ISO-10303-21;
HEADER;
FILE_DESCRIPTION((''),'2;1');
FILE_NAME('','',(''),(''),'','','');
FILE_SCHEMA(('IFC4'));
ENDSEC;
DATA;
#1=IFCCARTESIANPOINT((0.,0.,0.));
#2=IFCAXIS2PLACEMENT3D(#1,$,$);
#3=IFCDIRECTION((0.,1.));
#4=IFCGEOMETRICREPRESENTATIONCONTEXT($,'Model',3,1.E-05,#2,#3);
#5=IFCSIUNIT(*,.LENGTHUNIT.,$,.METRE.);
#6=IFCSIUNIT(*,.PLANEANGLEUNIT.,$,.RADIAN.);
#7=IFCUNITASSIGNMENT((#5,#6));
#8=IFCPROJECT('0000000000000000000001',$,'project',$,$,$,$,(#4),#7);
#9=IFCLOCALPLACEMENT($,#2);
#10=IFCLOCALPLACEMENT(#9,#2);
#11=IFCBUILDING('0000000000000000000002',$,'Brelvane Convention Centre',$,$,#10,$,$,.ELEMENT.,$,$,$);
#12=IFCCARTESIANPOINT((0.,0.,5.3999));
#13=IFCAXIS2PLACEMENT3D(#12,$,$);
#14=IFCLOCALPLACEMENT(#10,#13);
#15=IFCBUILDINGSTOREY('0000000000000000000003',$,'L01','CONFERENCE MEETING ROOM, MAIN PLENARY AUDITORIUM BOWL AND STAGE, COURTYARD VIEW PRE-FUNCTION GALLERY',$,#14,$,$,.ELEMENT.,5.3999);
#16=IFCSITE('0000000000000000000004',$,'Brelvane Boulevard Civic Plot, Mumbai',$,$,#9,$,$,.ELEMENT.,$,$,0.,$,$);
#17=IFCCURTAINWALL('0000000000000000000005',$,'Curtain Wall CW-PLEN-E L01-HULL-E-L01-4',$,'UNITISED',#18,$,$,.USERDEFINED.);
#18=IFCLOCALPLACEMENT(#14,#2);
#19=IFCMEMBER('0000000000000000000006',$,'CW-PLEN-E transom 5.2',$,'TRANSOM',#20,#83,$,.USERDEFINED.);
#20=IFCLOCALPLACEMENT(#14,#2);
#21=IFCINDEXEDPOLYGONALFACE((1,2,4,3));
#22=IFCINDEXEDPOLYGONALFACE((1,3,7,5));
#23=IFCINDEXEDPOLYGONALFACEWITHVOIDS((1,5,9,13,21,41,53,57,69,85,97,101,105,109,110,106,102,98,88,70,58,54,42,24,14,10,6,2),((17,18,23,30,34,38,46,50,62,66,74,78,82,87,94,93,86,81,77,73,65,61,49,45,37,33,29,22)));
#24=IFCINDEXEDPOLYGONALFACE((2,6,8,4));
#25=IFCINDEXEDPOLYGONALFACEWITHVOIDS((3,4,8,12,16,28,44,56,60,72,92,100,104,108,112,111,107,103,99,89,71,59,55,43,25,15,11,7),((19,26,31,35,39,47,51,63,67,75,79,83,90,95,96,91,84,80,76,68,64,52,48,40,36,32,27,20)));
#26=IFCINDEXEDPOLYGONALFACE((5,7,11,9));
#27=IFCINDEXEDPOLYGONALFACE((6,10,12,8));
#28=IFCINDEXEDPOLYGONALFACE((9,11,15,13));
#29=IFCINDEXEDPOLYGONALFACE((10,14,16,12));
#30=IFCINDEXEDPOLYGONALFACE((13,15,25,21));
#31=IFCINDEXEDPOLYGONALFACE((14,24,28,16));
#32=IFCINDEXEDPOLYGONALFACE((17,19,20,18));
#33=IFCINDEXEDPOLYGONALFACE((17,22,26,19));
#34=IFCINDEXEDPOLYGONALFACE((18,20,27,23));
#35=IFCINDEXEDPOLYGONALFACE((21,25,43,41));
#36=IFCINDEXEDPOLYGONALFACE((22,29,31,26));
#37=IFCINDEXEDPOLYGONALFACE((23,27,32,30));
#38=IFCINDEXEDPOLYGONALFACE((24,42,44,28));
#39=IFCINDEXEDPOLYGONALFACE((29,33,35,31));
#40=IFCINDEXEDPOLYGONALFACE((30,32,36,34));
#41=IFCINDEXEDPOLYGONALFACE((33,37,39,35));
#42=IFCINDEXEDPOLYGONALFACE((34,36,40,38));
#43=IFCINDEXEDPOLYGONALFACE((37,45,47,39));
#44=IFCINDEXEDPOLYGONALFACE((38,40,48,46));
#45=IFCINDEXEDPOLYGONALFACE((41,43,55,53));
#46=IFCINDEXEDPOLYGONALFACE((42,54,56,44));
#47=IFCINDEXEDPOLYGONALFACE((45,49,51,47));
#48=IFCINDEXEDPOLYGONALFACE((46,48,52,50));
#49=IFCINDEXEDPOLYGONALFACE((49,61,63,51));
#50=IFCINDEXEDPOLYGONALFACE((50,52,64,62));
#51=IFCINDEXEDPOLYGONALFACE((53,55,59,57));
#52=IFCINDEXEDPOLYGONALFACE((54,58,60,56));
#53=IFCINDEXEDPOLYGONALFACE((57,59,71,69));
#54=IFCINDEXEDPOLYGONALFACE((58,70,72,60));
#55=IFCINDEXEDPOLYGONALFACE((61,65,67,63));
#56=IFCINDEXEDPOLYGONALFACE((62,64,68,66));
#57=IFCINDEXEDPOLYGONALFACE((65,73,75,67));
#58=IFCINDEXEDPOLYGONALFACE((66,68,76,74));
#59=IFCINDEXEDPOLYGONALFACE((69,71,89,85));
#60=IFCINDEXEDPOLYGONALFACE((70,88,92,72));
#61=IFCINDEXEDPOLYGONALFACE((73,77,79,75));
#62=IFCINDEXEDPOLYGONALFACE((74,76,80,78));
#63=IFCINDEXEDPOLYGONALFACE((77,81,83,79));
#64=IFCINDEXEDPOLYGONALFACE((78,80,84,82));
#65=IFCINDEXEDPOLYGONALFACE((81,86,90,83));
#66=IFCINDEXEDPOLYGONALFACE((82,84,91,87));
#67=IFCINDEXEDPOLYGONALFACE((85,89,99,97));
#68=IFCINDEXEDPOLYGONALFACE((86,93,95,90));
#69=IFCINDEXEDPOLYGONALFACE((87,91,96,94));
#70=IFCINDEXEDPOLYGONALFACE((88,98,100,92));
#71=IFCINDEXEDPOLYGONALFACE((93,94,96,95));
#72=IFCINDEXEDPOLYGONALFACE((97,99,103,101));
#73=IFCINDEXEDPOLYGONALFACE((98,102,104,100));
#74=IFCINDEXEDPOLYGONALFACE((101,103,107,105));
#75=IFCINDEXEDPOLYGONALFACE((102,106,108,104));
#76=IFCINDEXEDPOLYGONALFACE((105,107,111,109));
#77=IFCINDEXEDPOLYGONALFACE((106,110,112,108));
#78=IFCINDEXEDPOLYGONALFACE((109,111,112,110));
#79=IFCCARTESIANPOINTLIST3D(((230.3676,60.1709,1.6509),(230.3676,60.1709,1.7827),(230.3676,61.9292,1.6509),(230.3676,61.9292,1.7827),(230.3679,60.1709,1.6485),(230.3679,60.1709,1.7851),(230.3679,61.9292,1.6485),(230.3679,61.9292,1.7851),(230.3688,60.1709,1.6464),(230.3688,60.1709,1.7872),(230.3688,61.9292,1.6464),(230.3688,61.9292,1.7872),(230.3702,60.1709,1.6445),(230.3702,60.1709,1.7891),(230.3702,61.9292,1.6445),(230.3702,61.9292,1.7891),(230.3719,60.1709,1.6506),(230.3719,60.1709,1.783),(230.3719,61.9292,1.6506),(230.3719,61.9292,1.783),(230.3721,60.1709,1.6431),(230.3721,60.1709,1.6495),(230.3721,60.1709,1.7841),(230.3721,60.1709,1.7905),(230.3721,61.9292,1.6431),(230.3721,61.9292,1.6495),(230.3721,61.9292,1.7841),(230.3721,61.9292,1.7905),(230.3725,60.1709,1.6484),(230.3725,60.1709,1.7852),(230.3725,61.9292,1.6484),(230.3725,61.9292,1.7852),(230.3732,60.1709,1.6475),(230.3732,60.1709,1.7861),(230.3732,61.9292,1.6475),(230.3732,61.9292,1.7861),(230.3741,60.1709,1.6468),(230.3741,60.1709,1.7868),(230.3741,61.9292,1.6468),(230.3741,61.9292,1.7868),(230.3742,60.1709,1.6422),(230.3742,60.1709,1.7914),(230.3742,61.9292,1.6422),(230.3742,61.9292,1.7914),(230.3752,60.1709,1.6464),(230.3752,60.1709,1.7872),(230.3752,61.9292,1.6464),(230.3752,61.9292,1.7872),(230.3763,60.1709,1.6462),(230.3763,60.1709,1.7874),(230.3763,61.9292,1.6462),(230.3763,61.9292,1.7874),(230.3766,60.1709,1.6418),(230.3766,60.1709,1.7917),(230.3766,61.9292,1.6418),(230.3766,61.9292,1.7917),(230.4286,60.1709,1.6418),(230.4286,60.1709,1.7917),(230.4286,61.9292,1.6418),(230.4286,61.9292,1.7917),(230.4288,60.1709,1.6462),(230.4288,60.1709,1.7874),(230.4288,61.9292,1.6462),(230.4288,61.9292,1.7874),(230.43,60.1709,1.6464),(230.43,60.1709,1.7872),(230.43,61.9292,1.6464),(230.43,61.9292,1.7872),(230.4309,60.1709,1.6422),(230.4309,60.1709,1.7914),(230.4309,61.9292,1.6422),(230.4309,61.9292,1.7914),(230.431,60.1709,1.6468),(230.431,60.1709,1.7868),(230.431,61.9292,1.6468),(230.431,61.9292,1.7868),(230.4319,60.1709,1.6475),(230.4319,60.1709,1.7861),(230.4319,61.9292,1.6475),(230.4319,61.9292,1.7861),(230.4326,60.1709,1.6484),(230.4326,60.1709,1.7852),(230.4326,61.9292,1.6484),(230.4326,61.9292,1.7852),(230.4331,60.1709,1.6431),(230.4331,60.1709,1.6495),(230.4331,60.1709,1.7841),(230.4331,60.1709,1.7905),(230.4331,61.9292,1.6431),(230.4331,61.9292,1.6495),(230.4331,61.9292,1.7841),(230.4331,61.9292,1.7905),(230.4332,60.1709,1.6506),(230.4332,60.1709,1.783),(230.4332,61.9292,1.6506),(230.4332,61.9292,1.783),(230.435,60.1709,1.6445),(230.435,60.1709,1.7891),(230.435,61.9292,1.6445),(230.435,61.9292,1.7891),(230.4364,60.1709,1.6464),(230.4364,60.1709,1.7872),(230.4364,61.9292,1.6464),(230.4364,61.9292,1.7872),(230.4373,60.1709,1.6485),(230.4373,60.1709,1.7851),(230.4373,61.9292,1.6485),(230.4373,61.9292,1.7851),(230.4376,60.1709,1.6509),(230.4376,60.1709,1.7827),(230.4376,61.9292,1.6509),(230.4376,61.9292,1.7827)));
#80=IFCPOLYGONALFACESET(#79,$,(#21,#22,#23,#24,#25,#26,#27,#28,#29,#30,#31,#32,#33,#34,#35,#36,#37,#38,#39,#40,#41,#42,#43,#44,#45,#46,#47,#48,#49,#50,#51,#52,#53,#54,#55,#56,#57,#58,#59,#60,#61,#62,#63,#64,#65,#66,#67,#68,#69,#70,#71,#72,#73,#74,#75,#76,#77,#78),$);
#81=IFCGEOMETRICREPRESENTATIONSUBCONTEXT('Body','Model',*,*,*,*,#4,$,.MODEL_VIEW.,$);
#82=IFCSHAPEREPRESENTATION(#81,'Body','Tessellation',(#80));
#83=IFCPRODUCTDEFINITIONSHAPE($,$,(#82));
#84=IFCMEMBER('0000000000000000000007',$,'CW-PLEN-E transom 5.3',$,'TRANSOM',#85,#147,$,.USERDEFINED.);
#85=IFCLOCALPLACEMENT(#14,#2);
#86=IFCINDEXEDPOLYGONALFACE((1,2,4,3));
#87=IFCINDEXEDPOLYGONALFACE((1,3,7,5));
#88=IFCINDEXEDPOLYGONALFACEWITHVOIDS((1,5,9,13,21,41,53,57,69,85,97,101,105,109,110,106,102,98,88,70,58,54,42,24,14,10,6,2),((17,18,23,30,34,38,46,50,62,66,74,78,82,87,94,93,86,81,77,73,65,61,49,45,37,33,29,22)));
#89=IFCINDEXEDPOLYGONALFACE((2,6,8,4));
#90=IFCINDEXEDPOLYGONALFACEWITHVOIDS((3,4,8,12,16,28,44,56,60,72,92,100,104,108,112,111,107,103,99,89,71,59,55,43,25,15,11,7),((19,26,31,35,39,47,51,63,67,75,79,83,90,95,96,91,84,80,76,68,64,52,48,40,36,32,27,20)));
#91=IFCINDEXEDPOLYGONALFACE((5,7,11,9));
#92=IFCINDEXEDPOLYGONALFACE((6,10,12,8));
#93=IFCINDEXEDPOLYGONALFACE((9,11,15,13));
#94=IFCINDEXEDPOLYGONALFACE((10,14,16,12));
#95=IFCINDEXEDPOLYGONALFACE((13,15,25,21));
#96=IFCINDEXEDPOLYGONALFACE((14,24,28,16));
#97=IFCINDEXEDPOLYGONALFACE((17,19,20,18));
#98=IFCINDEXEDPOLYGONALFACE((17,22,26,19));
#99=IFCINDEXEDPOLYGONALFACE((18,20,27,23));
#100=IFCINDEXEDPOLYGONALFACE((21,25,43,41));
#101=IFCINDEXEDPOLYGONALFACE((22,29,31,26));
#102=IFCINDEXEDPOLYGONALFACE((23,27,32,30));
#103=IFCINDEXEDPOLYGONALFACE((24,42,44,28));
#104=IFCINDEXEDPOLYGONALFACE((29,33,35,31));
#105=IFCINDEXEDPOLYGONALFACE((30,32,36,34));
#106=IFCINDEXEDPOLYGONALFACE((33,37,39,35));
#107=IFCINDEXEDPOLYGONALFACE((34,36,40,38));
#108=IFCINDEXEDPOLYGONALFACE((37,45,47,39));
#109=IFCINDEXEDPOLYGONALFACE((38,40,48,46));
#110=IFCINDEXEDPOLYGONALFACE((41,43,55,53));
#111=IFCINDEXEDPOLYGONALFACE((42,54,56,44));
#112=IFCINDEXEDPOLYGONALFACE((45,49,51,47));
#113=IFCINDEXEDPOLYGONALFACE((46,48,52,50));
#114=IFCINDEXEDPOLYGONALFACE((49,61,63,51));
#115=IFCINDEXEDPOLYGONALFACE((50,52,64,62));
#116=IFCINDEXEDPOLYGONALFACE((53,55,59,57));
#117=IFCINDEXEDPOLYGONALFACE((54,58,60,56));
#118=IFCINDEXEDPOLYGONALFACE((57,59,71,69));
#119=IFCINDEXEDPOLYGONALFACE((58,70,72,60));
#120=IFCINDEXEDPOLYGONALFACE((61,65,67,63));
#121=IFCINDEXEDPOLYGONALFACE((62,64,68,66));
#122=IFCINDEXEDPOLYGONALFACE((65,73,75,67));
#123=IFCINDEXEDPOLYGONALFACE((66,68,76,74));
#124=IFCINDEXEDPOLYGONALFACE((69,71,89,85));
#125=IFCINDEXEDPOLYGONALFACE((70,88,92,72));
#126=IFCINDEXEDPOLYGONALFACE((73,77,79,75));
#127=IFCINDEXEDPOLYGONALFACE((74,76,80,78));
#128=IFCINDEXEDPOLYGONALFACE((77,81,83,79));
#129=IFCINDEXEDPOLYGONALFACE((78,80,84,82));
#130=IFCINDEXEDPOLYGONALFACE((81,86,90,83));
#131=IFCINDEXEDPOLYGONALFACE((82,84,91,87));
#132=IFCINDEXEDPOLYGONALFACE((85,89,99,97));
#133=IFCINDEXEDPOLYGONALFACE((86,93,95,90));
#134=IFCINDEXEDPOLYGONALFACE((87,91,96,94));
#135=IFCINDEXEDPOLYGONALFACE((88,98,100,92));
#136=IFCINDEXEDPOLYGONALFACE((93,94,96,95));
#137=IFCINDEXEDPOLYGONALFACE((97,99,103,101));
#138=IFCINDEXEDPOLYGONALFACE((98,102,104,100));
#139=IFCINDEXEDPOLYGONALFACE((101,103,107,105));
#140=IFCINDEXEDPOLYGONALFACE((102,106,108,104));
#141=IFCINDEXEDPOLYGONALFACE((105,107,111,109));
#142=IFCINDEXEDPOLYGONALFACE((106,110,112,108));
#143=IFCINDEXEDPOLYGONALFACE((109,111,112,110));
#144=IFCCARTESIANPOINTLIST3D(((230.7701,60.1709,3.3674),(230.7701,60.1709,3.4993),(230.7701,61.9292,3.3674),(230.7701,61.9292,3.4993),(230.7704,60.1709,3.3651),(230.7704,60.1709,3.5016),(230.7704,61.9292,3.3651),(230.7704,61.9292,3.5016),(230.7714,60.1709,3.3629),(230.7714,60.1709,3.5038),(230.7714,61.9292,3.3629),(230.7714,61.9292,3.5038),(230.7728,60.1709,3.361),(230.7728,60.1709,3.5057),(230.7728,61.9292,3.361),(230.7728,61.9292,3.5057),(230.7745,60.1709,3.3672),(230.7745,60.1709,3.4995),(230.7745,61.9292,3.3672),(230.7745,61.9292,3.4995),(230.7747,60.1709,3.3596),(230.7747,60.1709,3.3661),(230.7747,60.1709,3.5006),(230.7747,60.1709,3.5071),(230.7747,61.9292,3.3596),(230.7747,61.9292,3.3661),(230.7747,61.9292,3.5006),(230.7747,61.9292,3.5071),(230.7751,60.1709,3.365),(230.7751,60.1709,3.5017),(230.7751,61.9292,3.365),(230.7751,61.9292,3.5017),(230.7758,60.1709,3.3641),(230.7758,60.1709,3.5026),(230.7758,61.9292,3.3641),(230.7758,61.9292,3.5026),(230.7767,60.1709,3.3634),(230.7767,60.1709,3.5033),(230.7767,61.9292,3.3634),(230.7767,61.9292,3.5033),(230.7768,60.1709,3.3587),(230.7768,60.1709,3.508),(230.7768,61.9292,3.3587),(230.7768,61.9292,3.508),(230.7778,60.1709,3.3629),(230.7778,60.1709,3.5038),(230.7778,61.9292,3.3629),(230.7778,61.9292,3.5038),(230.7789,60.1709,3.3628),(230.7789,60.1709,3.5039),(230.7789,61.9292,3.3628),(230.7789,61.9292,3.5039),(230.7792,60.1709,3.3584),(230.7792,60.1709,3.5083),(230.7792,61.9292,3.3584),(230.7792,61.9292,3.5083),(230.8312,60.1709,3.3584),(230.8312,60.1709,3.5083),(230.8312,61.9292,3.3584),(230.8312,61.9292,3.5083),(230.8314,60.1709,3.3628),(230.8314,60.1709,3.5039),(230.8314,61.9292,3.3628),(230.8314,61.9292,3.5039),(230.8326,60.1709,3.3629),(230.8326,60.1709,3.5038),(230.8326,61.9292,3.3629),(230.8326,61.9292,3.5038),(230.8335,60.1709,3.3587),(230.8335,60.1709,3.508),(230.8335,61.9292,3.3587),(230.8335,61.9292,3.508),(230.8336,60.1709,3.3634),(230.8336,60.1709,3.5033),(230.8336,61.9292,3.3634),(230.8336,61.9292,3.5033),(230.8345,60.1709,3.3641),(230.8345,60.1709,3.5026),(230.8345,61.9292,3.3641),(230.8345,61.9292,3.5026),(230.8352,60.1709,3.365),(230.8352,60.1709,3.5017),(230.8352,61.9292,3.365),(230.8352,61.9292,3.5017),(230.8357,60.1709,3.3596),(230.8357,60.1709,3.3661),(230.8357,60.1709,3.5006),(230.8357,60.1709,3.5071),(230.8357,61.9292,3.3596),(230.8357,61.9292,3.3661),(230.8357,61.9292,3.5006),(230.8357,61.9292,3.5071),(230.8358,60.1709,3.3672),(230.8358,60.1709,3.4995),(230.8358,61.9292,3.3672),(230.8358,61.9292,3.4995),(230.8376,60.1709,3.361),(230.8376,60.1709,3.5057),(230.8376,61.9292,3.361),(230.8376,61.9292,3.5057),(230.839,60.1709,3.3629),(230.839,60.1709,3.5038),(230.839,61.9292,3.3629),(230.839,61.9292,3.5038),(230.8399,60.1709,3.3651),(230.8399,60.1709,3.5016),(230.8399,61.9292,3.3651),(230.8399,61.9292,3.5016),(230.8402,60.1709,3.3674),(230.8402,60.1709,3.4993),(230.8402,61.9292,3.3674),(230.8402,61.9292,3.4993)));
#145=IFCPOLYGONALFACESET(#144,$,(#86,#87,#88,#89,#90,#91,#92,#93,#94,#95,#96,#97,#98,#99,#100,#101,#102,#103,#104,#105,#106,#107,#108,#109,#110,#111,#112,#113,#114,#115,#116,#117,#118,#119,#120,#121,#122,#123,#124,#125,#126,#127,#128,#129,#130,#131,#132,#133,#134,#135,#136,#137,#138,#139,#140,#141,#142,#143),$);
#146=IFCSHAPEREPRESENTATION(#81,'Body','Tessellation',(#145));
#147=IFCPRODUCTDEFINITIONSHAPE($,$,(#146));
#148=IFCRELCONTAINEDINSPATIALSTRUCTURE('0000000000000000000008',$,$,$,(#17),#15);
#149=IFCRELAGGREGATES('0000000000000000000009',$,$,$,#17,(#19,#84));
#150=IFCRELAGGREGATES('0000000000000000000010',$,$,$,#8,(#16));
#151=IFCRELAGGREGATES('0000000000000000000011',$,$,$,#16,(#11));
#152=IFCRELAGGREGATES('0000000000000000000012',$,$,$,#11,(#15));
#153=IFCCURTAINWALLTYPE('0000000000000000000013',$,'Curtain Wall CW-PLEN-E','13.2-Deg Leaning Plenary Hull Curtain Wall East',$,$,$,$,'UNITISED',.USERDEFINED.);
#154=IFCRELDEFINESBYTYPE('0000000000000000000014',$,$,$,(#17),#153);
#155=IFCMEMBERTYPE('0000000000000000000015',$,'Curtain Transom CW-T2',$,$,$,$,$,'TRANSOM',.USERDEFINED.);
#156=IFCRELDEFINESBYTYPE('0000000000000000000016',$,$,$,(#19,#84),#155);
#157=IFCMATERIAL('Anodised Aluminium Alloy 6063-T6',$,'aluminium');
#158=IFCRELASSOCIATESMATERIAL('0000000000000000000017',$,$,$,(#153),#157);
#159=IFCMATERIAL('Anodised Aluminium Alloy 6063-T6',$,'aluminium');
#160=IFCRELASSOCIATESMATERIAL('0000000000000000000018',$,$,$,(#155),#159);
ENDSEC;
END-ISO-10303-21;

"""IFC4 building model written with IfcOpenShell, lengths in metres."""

from ifc_helpers import new_model, si_unit, direction, frame, origin, origin_2d, place, context, subcontext, project, spatial, hollow_rectangle, extrude, material, material_profile, profile_set, type_object, element, aggregate, save


model = new_model("IFC4")

# Units and contexts
model_context = context("Model", 3, precision=1e-05, world=origin(), true_north=direction((0.0, 1.0)))
body_context = subcontext(model_context, "Body", "Model", "MODEL_VIEW")
ifc_project = project(units=[si_unit("LENGTHUNIT", "METRE"), si_unit("PLANEANGLEUNIT", "RADIAN")], contexts=[model_context])

# Site, building, storey
site_placement = place(None, origin())
site = spatial("IfcSite", under=ifc_project, at=site_placement, Name="Brelvane Boulevard Civic Plot, Mumbai", CompositionType="ELEMENT", RefElevation=0.0)
building_placement = place(site_placement, origin())
building = spatial("IfcBuilding", under=site, at=building_placement, Name="Brelvane Convention Centre", CompositionType="ELEMENT")
storey_placement = place(building_placement, frame((0.0, 0.0, 5.3999)))
storey = spatial("IfcBuildingStorey", under=building, at=storey_placement, Name="L01", Description="CONFERENCE MEETING ROOM, MAIN PLENARY AUDITORIUM BOWL AND STAGE, COURTYARD VIEW PRE-FUNCTION GALLERY", CompositionType="ELEMENT", Elevation=5.3999)

# Curtain wall, members
ifc_material_1 = material(Name="Anodised Aluminium Alloy 6063-T6", Category="aluminium")
curtain_wall_type = type_object("IfcCurtainWallType", Name="Curtain Wall CW-PLEN-E", Description="13.2-Deg Leaning Plenary Hull Curtain Wall East", ElementType="UNITISED", PredefinedType="USERDEFINED", material=ifc_material_1)
curtain_wall_1_placement = place(storey_placement, origin())
curtain_wall_1 = element("IfcCurtainWall", 1, at=curtain_wall_1_placement, inside=storey, type_object=curtain_wall_type, Name="Curtain Wall CW-PLEN-E L01-HULL-E-L01-4", ObjectType="UNITISED", PredefinedType="USERDEFINED")
ifc_material_2 = material(Name="Anodised Aluminium Alloy 6063-T6", Category="aluminium")
ifc_material_profile = material_profile(ifc_material_2, hollow_rectangle(XDim=0.0701, YDim=0.1499, WallThickness=0.0044, InnerFilletRadius=0.0044, OuterFilletRadius=0.009, at=origin_2d()), Name="ALU-T 150x70x4.5")
ifc_profile_set = profile_set([ifc_material_profile], Name="Anodised Aluminium Alloy 6063-T6")
member_type = type_object("IfcMemberType", Name="Curtain Transom CW-T2", ElementType="TRANSOM", PredefinedType="USERDEFINED", material=ifc_profile_set)
member_1_placement = place(storey_placement, frame((230.4026, 60.1709, 1.7168), z_axis=(0.0, 1.0, 0.0), x_axis=(-1.0, 0.0, 0.0)))
member_1 = element("IfcMember", 2, at=member_1_placement, type_object=member_type, Name="CW-PLEN-E transom 5.2", ObjectType="TRANSOM", PredefinedType="USERDEFINED", context=body_context, shape_type="SweptSolid", body=[
    extrude(hollow_rectangle(XDim=0.0701, YDim=0.1499, WallThickness=0.0044, InnerFilletRadius=0.0044, OuterFilletRadius=0.009, at=origin_2d()), origin(), (0.0, 0.0, 1.0), 1.7583),
])
member_2_placement = place(storey_placement, frame((230.8052, 60.1709, 3.4333), z_axis=(0.0, 1.0, 0.0), x_axis=(-1.0, 0.0, 0.0)))
member_2 = element("IfcMember", 3, at=member_2_placement, type_object=member_type, Name="CW-PLEN-E transom 5.3", ObjectType="TRANSOM", PredefinedType="USERDEFINED", context=body_context, shape_type="SweptSolid", body=[
    extrude(hollow_rectangle(XDim=0.0701, YDim=0.1499, WallThickness=0.0044, InnerFilletRadius=0.0044, OuterFilletRadius=0.009, at=origin_2d()), origin(), (0.0, 0.0, 1.0), 1.7583),
])
aggregate(curtain_wall_1, [member_1, member_2])

save(model, "model.ifc")
